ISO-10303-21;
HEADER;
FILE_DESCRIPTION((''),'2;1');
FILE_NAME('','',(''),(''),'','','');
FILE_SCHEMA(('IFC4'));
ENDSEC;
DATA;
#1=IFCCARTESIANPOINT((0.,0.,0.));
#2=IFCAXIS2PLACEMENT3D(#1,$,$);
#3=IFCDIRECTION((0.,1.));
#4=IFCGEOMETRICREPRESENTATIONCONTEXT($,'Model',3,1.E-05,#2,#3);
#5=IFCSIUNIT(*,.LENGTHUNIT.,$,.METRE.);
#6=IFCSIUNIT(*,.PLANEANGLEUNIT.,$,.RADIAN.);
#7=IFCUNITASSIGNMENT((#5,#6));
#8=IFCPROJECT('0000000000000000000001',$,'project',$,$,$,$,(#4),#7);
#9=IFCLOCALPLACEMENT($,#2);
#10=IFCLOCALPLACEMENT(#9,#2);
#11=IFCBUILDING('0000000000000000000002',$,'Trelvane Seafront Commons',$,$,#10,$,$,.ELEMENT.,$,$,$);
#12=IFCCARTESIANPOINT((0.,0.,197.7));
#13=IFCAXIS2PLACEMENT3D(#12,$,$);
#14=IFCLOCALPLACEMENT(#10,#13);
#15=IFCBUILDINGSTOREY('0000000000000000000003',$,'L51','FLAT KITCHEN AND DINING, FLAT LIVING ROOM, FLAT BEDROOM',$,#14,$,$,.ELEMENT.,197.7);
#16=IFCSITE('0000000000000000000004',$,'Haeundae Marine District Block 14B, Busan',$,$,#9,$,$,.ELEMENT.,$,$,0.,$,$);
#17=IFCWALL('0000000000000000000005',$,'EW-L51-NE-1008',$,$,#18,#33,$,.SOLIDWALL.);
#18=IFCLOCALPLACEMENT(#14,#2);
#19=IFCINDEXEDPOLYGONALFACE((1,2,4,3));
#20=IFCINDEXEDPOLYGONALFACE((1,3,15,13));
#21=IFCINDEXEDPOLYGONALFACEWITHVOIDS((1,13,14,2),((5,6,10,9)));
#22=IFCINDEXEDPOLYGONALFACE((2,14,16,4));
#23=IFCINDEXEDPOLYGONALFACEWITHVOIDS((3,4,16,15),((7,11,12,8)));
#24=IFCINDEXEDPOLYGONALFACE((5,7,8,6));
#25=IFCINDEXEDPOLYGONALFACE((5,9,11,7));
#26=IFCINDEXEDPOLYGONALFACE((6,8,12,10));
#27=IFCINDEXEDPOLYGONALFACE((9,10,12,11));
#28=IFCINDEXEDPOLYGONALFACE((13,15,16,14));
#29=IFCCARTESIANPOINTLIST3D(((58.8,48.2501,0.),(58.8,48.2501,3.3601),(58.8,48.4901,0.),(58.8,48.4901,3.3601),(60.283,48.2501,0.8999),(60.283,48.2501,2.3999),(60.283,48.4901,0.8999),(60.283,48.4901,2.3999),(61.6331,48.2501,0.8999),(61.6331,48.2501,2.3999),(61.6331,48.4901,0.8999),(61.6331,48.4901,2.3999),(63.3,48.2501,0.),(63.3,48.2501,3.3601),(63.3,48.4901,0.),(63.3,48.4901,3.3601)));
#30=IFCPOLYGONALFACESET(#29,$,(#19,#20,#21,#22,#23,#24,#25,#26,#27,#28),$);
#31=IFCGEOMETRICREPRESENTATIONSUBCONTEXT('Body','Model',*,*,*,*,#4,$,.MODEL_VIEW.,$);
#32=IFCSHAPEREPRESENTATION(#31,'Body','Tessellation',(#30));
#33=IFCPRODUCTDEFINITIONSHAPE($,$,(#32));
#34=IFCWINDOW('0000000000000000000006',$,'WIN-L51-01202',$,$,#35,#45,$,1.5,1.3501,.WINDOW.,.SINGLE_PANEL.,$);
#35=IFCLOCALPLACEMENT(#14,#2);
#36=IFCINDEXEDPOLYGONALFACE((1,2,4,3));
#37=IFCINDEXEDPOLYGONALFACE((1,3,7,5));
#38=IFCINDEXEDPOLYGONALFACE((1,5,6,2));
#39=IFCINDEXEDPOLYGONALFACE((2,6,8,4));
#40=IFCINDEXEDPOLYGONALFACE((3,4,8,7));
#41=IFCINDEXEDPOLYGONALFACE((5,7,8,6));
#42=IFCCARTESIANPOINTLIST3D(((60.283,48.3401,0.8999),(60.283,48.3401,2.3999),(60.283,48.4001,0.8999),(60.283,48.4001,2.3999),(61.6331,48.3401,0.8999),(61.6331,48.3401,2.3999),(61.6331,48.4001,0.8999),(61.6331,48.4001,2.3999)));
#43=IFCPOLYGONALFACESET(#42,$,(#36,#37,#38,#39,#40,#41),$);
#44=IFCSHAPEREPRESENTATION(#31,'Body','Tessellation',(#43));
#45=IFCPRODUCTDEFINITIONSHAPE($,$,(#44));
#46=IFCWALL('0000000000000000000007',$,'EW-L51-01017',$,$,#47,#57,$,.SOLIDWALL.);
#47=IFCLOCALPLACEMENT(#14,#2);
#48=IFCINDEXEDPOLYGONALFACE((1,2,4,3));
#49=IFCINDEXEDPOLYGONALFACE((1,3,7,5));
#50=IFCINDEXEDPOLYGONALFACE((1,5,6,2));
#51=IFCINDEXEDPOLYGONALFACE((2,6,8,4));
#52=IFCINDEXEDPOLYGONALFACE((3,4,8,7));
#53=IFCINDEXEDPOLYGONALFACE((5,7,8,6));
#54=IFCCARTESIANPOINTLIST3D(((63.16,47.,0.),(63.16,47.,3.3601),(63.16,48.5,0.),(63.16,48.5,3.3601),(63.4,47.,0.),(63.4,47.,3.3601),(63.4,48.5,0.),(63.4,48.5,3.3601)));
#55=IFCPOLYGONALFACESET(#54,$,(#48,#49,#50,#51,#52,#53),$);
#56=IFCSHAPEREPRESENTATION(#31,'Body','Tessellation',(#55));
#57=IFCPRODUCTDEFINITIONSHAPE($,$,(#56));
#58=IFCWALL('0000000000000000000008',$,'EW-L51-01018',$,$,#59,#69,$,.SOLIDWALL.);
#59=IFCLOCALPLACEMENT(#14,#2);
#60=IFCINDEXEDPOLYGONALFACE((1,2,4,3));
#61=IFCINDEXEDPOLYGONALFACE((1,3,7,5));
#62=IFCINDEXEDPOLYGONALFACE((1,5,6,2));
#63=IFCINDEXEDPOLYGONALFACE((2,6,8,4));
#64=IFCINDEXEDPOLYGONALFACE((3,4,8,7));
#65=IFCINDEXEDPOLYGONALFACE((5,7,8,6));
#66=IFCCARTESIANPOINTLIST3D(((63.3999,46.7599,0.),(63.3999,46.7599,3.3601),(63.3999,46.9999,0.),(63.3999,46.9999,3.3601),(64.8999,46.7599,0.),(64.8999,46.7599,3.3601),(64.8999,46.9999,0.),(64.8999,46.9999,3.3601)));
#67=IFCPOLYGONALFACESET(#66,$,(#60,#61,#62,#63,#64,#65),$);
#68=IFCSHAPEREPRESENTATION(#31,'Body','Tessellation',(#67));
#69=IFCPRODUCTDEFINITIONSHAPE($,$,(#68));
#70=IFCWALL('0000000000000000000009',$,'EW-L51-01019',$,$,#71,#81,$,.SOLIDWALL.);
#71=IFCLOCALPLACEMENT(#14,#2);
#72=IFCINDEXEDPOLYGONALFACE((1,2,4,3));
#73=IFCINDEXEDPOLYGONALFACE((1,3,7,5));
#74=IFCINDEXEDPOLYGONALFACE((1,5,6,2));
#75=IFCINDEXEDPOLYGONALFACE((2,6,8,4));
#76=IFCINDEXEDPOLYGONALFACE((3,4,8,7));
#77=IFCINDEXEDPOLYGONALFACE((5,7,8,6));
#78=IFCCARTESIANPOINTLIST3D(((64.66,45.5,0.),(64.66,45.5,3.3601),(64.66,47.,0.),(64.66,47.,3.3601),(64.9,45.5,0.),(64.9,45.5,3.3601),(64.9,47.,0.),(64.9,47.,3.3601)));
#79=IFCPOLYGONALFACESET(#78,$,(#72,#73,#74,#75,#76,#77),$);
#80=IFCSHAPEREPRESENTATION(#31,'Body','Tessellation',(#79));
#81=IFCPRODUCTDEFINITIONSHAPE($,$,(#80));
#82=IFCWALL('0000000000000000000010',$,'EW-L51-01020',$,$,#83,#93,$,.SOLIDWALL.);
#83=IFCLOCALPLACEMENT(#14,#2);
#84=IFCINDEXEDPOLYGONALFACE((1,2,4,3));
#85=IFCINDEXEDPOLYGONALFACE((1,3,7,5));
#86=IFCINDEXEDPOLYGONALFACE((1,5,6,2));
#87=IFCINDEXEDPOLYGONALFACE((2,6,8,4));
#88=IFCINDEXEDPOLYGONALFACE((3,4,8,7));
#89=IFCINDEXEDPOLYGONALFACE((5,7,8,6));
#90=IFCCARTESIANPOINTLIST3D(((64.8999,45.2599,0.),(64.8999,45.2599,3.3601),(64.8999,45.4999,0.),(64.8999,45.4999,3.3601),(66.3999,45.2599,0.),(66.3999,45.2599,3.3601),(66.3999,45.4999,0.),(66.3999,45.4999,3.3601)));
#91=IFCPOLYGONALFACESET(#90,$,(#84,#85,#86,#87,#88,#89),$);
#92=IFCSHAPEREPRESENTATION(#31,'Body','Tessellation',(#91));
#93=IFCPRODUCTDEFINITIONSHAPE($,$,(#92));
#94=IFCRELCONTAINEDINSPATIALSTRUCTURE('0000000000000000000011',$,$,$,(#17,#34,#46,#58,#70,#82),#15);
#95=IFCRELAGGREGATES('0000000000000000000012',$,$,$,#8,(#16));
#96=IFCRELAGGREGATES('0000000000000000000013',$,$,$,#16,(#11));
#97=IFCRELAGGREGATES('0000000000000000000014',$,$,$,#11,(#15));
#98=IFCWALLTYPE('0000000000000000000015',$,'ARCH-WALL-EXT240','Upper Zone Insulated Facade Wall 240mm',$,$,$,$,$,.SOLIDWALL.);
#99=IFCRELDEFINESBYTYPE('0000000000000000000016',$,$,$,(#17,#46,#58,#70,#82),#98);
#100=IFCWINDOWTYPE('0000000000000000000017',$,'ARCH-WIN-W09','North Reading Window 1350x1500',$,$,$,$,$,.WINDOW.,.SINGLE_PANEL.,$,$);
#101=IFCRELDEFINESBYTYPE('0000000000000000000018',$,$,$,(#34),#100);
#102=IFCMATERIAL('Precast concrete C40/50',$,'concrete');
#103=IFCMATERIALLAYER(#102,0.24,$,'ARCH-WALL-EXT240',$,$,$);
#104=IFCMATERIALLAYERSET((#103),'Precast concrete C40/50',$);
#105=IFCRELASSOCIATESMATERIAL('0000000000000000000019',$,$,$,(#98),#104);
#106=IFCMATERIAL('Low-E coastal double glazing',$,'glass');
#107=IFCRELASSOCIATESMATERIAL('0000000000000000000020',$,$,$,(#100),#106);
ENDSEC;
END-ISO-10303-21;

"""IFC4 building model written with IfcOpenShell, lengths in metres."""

from ifc_helpers import new_model, si_unit, direction, frame, frame_2d, origin, place, context, subcontext, project, spatial, rectangle, extrude, source, transform, mapped, material, layer, layer_set, type_object, element, fill, save


model = new_model("IFC4")

# Units and contexts
model_context = context("Model", 3, precision=1e-05, world=origin(), true_north=direction((0.0, 1.0)))
body_context = subcontext(model_context, "Body", "Model", "MODEL_VIEW")
ifc_project = project(units=[si_unit("LENGTHUNIT", "METRE"), si_unit("PLANEANGLEUNIT", "RADIAN")], contexts=[model_context])

# Site, building, storey
site_placement = place(None, origin())
site = spatial("IfcSite", under=ifc_project, at=site_placement, Name="Haeundae Marine District Block 14B, Busan", CompositionType="ELEMENT", RefElevation=0.0)
building_placement = place(site_placement, origin())
building = spatial("IfcBuilding", under=site, at=building_placement, Name="Trelvane Seafront Commons", CompositionType="ELEMENT")
storey_placement = place(building_placement, frame((0.0, 0.0, 197.7)))
storey = spatial("IfcBuildingStorey", under=building, at=storey_placement, Name="L51", Description="FLAT KITCHEN AND DINING, FLAT LIVING ROOM, FLAT BEDROOM", CompositionType="ELEMENT", Elevation=197.7)

# Shared definitions
ifc_material_1 = material(Name="Low-E coastal double glazing", Category="glass")

# Wall, opening, window
ifc_material_2 = material(Name="Precast concrete C40/50", Category="concrete")
ifc_layer_1 = layer(ifc_material_2, 0.24, Name="ARCH-WALL-EXT240")
ifc_layer_set_1 = layer_set([ifc_layer_1], Name="Precast concrete C40/50")
wall_type = type_object("IfcWallType", Name="ARCH-WALL-EXT240", Description="Upper Zone Insulated Facade Wall 240mm", PredefinedType="SOLIDWALL", material=ifc_layer_set_1)
wall_1_placement = place(storey_placement, frame((58.8, 48.3701, 0.0), z_axis=(0.0, 0.0, 1.0), x_axis=(1.0, 0.0, 0.0)))
wall_1 = element("IfcWall", 1, at=wall_1_placement, inside=storey, type_object=wall_type, Name="EW-L51-NE-1008", PredefinedType="SOLIDWALL", context=body_context, shape_type="SweptSolid", body=[
    extrude(rectangle(XDim=4.5, YDim=0.24, at=frame_2d((2.25, 0.0))), origin(), (0.0, 0.0, 1.0), 3.3601),
])
opening_1_placement = place(wall_1_placement, frame((1.4829, 0.0, 0.8999)))
opening_1 = element("IfcOpeningElement", 2, at=opening_1_placement, cuts=wall_1, PredefinedType="OPENING", context=body_context, shape_type="SweptSolid", body=[
    extrude(rectangle(XDim=1.3501, YDim=1.5, at=frame_2d((0.675, 0.75))), frame((0.0, 0.1299, 0.0), z_axis=(0.0, -1.0, 0.0), x_axis=(1.0, 0.0, 0.0)), (0.0, 0.0, 1.0), 0.26),
])
window_type_1 = type_object("IfcWindowType", Name="ARCH-WIN-W09", Description="North Reading Window 1350x1500", PartitioningType="SINGLE_PANEL", PredefinedType="WINDOW", material=ifc_material_1)
shared_shape_1 = source(origin(), body_context, "Body", "SweptSolid", [
    extrude(rectangle(XDim=1.3501, YDim=1.5, at=frame_2d((0.675, 0.75))), frame((0.0, 0.03, 0.0), z_axis=(0.0, -1.0, 0.0), x_axis=(1.0, 0.0, 0.0)), (0.0, 0.0, 1.0), 0.0601),
])
window_1_placement = place(opening_1_placement, origin())
window_1 = element("IfcWindow", 3, at=window_1_placement, inside=storey, type_object=window_type_1, Name="WIN-L51-01202", OverallHeight=1.5, OverallWidth=1.3501, PartitioningType="SINGLE_PANEL", PredefinedType="WINDOW", context=body_context, shape_type="MappedRepresentation", body=[
    mapped(shared_shape_1, transform((0.0, 0.0, 0.0), x_axis=(1.0, 0.0, 0.0), y_axis=(0.0, 1.0, 0.0), z_axis=(0.0, 0.0, 1.0), scale=1.0)),
])
fill(opening_1, window_1)

# Walls
for number, where, z_axis, x_axis, name in (
    (4, (63.28, 48.5, 0.0), (0.0, 0.0, 1.0), (0.0, -1.0, 0.0), "EW-L51-01017"),
    (5, (63.3999, 46.8799, 0.0), (0.0, 0.0, 1.0), (1.0, 0.0, 0.0), "EW-L51-01018"),
    (6, (64.78, 47.0, 0.0), (0.0, 0.0, 1.0), (0.0, -1.0, 0.0), "EW-L51-01019"),
    (7, (64.8999, 45.3799, 0.0), (0.0, 0.0, 1.0), (1.0, 0.0, 0.0), "EW-L51-01020"),
):
    element("IfcWall", number, at=place(storey_placement, frame(where, z_axis=z_axis, x_axis=x_axis)), inside=storey, type_object=wall_type, Name=name, PredefinedType="SOLIDWALL", context=body_context, shape_type="SweptSolid", body=[
        extrude(rectangle(XDim=1.5, YDim=0.24, at=frame_2d((0.75, 0.0))), origin(), (0.0, 0.0, 1.0), 3.3601),
    ])

save(model, "model.ifc")
